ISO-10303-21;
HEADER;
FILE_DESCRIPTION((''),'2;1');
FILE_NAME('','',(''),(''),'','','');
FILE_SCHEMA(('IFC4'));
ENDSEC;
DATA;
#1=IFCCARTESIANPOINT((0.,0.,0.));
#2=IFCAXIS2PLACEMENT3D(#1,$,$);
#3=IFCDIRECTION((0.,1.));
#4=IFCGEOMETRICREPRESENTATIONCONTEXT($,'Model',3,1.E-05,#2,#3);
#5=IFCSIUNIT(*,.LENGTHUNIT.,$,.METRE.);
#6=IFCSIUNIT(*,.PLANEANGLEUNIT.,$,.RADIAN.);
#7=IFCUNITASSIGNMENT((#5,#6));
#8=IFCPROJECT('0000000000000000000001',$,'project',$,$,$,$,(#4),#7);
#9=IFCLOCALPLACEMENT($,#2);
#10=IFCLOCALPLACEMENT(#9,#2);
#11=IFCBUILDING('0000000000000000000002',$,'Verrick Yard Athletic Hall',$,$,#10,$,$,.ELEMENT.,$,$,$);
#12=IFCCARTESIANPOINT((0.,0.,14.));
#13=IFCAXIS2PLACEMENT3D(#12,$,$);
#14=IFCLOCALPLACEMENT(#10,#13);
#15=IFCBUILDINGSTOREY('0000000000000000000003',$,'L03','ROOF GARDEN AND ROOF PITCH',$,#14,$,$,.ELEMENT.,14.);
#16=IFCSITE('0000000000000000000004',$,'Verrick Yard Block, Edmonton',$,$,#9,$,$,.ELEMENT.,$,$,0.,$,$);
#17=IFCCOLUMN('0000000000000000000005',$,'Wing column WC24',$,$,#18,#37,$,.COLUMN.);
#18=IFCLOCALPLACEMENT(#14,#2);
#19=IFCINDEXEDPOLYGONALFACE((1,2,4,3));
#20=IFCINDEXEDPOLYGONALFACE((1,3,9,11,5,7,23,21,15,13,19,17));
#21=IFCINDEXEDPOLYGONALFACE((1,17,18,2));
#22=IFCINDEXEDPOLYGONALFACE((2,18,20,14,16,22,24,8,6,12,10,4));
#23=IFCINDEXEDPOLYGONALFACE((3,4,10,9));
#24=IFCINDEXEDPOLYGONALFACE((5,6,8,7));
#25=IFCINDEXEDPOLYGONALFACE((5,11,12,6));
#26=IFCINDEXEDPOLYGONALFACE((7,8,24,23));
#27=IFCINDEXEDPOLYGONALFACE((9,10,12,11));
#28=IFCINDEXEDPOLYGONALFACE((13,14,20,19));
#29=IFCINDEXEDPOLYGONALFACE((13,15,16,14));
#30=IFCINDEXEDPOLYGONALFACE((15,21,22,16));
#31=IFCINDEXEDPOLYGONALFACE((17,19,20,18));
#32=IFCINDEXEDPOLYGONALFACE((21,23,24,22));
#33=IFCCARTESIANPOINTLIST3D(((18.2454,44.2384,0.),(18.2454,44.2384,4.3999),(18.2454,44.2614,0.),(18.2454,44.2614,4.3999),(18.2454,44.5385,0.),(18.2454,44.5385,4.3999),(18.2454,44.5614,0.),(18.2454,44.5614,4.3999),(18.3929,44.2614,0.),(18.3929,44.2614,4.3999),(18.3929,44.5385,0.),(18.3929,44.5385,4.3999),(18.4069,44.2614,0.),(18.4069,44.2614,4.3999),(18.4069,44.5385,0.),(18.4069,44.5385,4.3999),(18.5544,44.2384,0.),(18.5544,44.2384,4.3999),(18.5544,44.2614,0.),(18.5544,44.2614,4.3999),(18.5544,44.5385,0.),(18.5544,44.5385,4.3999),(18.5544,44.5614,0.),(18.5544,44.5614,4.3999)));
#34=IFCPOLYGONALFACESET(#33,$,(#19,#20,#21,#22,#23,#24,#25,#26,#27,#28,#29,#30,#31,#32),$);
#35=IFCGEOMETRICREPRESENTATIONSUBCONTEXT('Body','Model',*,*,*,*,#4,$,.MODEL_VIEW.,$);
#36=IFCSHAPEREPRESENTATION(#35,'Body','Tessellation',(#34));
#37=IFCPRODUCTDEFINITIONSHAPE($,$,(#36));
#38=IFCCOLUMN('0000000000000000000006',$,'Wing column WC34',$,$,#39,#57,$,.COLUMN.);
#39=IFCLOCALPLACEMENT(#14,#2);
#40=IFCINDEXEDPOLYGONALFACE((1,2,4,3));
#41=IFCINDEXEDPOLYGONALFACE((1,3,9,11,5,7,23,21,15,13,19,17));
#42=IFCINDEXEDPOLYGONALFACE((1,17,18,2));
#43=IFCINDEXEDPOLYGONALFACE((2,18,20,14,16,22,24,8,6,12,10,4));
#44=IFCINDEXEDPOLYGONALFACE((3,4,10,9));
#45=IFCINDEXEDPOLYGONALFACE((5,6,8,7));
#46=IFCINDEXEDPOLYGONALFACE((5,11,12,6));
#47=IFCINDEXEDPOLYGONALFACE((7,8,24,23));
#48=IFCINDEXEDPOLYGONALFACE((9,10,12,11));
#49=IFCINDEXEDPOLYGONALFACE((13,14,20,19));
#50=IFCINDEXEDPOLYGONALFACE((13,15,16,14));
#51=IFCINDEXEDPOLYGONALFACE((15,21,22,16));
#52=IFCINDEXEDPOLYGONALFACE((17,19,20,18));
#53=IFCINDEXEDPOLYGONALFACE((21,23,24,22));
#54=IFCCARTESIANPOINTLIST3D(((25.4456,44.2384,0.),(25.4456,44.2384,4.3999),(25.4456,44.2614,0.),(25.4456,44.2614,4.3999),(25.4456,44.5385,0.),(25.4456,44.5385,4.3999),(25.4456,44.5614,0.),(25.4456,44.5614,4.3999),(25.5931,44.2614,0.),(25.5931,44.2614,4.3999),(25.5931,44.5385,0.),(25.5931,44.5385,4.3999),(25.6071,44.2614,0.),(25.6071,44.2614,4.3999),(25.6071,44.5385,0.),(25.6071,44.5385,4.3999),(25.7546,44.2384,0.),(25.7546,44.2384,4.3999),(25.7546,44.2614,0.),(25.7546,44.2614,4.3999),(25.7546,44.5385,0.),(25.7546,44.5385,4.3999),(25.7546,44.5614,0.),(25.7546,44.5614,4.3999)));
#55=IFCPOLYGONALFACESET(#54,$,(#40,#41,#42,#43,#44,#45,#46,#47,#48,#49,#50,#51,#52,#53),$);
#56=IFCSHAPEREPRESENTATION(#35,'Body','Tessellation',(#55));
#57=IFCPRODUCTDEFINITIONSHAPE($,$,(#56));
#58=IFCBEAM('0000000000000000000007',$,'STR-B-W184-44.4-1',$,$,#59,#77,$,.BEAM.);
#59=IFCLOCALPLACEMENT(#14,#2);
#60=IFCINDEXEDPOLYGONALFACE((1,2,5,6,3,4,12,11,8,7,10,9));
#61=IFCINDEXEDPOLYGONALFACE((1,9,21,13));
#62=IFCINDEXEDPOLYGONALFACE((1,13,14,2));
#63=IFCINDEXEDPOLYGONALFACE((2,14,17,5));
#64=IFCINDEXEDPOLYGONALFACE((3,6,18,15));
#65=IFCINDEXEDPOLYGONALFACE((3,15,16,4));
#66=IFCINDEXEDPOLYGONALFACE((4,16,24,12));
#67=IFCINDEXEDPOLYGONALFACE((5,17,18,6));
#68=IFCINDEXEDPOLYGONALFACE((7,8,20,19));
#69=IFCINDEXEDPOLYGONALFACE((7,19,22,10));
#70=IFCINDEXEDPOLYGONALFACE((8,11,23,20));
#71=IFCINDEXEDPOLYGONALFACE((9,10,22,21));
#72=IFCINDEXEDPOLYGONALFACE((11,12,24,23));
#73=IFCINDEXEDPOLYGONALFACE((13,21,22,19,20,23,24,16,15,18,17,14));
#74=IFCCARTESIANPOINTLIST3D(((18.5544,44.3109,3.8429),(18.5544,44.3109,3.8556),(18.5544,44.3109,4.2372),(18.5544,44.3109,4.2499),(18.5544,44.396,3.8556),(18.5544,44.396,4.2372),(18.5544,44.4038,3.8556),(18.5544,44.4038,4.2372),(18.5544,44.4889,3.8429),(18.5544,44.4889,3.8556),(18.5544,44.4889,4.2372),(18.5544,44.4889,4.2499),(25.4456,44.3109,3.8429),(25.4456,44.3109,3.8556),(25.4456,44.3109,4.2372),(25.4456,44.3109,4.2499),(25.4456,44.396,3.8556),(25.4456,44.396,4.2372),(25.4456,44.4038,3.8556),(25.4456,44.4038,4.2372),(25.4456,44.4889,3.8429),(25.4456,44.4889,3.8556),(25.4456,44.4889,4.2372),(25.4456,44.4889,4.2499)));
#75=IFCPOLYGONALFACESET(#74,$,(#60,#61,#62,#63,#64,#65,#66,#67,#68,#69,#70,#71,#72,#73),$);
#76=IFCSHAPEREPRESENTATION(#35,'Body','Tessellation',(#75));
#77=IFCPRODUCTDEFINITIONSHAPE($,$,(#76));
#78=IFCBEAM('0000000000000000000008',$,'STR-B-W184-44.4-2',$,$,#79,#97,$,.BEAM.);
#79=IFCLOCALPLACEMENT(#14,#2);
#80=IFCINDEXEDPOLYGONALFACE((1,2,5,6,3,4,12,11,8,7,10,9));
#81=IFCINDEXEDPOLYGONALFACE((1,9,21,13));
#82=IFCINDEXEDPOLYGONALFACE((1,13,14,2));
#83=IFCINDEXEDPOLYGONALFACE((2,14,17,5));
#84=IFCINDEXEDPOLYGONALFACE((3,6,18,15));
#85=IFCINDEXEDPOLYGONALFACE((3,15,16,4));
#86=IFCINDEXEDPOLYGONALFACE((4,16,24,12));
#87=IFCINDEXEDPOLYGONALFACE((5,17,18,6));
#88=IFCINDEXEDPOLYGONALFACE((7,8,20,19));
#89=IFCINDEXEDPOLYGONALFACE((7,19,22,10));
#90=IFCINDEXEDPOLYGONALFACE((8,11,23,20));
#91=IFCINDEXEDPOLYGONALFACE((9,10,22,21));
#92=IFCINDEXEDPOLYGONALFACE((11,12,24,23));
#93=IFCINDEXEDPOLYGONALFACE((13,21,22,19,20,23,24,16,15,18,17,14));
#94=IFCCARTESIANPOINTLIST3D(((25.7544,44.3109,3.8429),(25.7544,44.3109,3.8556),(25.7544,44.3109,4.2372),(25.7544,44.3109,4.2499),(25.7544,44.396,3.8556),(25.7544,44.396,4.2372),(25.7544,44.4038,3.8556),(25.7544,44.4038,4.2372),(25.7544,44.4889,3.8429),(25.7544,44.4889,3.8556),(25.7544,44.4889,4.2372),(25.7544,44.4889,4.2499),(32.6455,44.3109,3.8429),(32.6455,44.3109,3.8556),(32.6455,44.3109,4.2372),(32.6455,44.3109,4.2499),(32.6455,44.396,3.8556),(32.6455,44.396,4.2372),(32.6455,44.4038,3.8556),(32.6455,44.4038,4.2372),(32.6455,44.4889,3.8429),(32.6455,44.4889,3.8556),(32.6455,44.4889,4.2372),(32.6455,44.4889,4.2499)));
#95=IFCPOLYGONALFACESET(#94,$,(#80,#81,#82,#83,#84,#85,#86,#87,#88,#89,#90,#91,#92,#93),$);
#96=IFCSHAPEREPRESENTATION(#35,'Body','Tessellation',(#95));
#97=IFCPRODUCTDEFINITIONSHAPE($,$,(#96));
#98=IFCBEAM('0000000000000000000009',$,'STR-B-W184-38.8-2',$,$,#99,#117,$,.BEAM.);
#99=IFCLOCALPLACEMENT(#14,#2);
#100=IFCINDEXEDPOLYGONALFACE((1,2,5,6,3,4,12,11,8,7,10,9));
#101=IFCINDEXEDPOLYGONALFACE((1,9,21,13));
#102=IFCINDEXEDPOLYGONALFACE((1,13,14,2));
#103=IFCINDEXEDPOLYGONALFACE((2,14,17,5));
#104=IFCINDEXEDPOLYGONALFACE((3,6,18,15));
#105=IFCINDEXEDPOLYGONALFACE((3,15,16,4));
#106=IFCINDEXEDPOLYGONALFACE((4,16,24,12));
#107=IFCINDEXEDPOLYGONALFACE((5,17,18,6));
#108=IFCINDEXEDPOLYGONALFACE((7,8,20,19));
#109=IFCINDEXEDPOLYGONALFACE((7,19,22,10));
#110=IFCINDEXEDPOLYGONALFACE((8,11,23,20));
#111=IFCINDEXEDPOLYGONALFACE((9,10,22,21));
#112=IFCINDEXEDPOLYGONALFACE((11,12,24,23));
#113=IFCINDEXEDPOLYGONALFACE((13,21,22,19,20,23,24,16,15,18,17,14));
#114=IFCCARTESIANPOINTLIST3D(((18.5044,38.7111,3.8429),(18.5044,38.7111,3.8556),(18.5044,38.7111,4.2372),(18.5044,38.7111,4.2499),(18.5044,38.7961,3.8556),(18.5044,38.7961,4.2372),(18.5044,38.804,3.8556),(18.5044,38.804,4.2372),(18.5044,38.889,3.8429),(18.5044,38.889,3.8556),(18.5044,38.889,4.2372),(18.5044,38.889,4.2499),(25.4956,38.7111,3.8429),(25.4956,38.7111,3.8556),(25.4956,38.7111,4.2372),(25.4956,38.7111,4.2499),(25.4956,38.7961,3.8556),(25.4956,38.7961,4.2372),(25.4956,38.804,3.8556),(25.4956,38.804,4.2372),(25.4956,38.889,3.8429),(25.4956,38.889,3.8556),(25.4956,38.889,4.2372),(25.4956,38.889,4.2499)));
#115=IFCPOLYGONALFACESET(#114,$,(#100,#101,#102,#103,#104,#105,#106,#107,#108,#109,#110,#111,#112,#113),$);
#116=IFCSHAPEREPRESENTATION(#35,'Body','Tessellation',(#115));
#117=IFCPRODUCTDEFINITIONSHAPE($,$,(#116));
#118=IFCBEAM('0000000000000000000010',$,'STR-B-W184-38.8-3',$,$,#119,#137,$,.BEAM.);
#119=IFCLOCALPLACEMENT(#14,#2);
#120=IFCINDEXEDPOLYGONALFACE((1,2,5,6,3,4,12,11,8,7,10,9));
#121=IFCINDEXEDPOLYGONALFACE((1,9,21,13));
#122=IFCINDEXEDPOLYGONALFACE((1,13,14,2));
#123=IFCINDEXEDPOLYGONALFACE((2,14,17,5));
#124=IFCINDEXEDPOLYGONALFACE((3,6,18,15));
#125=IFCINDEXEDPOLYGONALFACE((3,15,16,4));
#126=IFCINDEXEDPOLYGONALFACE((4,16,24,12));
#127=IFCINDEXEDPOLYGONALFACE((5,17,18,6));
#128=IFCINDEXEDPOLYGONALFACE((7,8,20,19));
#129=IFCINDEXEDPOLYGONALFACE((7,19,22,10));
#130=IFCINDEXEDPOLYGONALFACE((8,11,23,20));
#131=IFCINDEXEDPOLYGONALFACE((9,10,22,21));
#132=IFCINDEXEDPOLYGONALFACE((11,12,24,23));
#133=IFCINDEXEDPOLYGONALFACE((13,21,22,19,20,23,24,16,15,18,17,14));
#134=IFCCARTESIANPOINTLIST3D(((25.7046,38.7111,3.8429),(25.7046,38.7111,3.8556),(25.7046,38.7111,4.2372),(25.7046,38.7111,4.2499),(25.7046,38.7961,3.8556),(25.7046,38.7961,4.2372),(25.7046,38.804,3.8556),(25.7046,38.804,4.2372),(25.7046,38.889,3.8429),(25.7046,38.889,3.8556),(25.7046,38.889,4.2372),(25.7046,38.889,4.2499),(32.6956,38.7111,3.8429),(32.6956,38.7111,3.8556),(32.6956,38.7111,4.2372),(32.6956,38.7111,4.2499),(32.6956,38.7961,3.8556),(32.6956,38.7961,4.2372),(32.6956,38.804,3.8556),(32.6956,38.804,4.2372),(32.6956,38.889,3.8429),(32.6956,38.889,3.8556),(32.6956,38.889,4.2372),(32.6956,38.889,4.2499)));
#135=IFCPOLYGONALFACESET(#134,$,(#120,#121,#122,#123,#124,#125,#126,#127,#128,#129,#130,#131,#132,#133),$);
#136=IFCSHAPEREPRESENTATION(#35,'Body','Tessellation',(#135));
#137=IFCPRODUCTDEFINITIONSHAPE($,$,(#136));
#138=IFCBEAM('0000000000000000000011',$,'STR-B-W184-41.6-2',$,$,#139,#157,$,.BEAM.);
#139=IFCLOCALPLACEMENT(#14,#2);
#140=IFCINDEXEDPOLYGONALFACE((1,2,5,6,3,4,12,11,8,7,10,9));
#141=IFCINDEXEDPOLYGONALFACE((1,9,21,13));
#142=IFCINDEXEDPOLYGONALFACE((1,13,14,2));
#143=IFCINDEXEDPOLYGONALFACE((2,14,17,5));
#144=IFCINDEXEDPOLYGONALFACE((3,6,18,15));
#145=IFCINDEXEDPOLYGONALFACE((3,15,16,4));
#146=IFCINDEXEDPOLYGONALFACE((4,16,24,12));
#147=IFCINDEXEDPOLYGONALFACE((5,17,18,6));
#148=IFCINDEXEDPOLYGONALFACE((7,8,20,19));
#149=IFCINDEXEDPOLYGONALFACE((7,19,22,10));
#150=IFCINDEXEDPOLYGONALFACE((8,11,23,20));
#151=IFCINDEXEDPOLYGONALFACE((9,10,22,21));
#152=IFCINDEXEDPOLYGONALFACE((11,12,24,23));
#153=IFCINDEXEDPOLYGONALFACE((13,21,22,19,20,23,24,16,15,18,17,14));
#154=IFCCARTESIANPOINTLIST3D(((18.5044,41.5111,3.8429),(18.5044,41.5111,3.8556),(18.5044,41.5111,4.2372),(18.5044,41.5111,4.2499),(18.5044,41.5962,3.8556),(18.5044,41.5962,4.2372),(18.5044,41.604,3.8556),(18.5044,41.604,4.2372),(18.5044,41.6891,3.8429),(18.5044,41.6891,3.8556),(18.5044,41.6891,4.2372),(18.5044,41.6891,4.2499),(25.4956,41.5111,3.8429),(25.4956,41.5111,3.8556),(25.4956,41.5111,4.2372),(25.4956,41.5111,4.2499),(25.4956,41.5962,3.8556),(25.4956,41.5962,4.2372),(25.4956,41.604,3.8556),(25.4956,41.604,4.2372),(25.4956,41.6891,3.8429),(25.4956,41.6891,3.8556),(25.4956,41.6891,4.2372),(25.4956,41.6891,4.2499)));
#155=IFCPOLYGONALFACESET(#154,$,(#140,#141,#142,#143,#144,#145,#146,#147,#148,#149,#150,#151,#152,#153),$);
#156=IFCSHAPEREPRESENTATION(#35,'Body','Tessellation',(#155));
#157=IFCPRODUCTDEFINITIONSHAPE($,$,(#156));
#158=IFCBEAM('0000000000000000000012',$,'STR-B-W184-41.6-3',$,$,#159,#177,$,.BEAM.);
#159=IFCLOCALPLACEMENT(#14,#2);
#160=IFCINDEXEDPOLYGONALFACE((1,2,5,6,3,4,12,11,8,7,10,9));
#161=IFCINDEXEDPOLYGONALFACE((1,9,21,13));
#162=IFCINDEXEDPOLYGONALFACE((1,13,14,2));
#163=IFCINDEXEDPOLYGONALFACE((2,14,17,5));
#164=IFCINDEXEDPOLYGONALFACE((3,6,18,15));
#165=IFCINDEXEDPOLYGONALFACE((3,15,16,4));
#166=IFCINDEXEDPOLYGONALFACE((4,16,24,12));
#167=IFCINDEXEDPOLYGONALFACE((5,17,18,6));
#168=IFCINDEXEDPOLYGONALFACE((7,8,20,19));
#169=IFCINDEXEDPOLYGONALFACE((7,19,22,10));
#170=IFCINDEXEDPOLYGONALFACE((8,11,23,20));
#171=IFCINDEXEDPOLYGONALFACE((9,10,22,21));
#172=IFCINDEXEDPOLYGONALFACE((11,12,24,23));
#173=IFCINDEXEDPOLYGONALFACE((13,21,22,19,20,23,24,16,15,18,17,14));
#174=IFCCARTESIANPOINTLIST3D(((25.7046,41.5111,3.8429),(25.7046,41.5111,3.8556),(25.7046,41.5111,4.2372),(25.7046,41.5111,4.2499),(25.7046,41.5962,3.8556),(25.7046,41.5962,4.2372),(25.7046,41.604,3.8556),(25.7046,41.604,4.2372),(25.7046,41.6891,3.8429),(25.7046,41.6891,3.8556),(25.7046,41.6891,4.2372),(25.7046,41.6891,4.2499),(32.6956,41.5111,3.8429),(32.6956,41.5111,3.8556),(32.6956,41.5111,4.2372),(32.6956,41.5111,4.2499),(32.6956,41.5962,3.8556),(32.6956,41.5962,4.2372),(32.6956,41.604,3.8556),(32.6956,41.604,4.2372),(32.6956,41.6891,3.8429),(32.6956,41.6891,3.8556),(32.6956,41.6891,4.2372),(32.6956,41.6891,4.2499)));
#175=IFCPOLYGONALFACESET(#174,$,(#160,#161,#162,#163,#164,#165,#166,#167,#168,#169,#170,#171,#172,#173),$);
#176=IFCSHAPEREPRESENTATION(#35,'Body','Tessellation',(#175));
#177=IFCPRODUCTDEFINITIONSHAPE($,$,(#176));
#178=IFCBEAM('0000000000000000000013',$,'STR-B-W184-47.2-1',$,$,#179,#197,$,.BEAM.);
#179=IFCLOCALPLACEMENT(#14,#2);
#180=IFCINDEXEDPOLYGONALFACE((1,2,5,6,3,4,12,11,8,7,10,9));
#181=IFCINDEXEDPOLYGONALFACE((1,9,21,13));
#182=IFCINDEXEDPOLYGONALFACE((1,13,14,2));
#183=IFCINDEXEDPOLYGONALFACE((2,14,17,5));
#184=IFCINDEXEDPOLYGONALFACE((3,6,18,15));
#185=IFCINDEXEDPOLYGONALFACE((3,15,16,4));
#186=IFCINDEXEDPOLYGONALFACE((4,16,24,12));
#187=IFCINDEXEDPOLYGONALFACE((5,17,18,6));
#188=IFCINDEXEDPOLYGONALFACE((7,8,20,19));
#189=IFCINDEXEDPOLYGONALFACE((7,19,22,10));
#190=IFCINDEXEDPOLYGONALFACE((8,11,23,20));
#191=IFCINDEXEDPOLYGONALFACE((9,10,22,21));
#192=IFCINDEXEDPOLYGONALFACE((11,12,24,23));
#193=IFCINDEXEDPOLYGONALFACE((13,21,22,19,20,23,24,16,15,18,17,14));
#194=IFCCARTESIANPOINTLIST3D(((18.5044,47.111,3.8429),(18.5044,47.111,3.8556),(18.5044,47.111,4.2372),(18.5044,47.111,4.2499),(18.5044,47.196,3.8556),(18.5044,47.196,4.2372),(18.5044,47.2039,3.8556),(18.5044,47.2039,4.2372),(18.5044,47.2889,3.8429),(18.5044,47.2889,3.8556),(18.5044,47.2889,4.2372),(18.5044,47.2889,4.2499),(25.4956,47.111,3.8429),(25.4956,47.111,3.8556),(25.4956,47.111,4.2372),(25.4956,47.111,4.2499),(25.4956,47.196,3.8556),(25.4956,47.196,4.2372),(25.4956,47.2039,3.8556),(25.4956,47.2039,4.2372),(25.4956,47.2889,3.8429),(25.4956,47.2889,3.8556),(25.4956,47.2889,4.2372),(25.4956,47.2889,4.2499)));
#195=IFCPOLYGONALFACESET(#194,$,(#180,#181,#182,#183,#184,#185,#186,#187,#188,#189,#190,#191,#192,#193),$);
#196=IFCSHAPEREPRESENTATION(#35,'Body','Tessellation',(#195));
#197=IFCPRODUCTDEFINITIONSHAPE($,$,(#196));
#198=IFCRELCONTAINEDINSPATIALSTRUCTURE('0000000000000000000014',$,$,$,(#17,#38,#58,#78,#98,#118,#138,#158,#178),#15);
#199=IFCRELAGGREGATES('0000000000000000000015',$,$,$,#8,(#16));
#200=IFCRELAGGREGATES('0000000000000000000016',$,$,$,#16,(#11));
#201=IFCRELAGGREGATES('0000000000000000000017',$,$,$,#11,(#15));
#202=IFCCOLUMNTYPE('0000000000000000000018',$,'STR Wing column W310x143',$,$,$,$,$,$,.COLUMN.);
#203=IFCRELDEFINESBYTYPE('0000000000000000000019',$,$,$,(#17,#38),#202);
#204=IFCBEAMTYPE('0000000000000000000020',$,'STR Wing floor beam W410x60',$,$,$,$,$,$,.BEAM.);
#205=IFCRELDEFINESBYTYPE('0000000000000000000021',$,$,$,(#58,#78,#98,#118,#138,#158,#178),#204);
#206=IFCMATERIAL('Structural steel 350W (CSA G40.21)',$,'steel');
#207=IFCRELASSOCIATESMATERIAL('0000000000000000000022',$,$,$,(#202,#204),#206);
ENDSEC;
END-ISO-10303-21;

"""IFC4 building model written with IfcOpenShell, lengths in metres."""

from ifc_helpers import new_model, si_unit, direction, frame, origin, origin_2d, place, context, subcontext, project, spatial, i_section, extrude, material, material_profile, profile_set, type_object, element, save


model = new_model("IFC4")

# Units and contexts
model_context = context("Model", 3, precision=1e-05, world=origin(), true_north=direction((0.0, 1.0)))
body_context = subcontext(model_context, "Body", "Model", "MODEL_VIEW")
ifc_project = project(units=[si_unit("LENGTHUNIT", "METRE"), si_unit("PLANEANGLEUNIT", "RADIAN")], contexts=[model_context])

# Site, building, storey
site_placement = place(None, origin())
site = spatial("IfcSite", under=ifc_project, at=site_placement, Name="Verrick Yard Block, Edmonton", CompositionType="ELEMENT", RefElevation=0.0)
building_placement = place(site_placement, origin())
building = spatial("IfcBuilding", under=site, at=building_placement, Name="Verrick Yard Athletic Hall", CompositionType="ELEMENT")
storey_placement = place(building_placement, frame((0.0, 0.0, 14.0)))
storey = spatial("IfcBuildingStorey", under=building, at=storey_placement, Name="L03", Description="ROOF GARDEN AND ROOF PITCH", CompositionType="ELEMENT", Elevation=14.0)

# Columns
ifc_material_1 = material(Name="Structural steel 350W (CSA G40.21)", Category="steel")
ifc_material_profile_1 = material_profile(ifc_material_1, i_section(OverallWidth=0.3091, OverallDepth=0.323, WebThickness=0.0139, FlangeThickness=0.0229, at=origin_2d()), Name="W310x143")
ifc_profile_set_1 = profile_set([ifc_material_profile_1], Name="Structural steel 350W (CSA G40.21)")
column_type = type_object("IfcColumnType", Name="STR Wing column W310x143", PredefinedType="COLUMN", material=ifc_profile_set_1)
for number, where, z_axis, x_axis, name in (
    (1, (18.3999, 44.3999, 0.0), (0.0, 0.0, 1.0), (1.0, 0.0, 0.0), "Wing column WC24"),
    (2, (25.6001, 44.3999, 0.0), (0.0, 0.0, 1.0), (1.0, 0.0, 0.0), "Wing column WC34"),
):
    element("IfcColumn", number, at=place(storey_placement, frame(where, z_axis=z_axis, x_axis=x_axis)), inside=storey, type_object=column_type, Name=name, PredefinedType="COLUMN", context=body_context, shape_type="SweptSolid", body=[
        extrude(i_section(OverallWidth=0.3091, OverallDepth=0.323, WebThickness=0.0139, FlangeThickness=0.0229, at=origin_2d()), origin(), (0.0, 0.0, 1.0), 4.3999),
    ])

# Beams
ifc_material_profile_2 = material_profile(ifc_material_1, i_section(OverallWidth=0.178, OverallDepth=0.407, WebThickness=0.0078, FlangeThickness=0.0127, at=origin_2d()), Name="W410x60")
ifc_profile_set_2 = profile_set([ifc_material_profile_2], Name="Structural steel 350W (CSA G40.21)")
beam_type_1 = type_object("IfcBeamType", Name="STR Wing floor beam W410x60", PredefinedType="BEAM", material=ifc_profile_set_2)
for number, where, z_axis, x_axis, name in (
    (3, (18.5544, 44.3999, 4.0464), (1.0, 0.0, 0.0), (0.0, 1.0, 0.0), "STR-B-W184-44.4-1"),
    (4, (25.7544, 44.3999, 4.0464), (1.0, 0.0, 0.0), (0.0, 1.0, 0.0), "STR-B-W184-44.4-2"),
):
    element("IfcBeam", number, at=place(storey_placement, frame(where, z_axis=z_axis, x_axis=x_axis)), inside=storey, type_object=beam_type_1, Name=name, PredefinedType="BEAM", context=body_context, shape_type="SweptSolid", body=[
        extrude(i_section(OverallWidth=0.178, OverallDepth=0.407, WebThickness=0.0078, FlangeThickness=0.0127, at=origin_2d()), origin(), (0.0, 0.0, 1.0), 6.8911),
    ])
beam_1_placement = place(storey_placement, frame((18.5044, 38.8, 4.0464), z_axis=(1.0, 0.0, 0.0), x_axis=(0.0, 1.0, 0.0)))
element("IfcBeam", 5, at=beam_1_placement, inside=storey, type_object=beam_type_1, Name="STR-B-W184-38.8-2", PredefinedType="BEAM", context=body_context, shape_type="SweptSolid", body=[
    extrude(i_section(OverallWidth=0.178, OverallDepth=0.407, WebThickness=0.0078, FlangeThickness=0.0127, at=origin_2d()), origin(), (0.0, 0.0, 1.0), 6.9912),
])
beam_2_placement = place(storey_placement, frame((25.7046, 38.8, 4.0464), z_axis=(1.0, 0.0, 0.0), x_axis=(0.0, 1.0, 0.0)))
element("IfcBeam", 6, at=beam_2_placement, inside=storey, type_object=beam_type_1, Name="STR-B-W184-38.8-3", PredefinedType="BEAM", context=body_context, shape_type="SweptSolid", body=[
    extrude(i_section(OverallWidth=0.178, OverallDepth=0.407, WebThickness=0.0078, FlangeThickness=0.0127, at=origin_2d()), origin(), (0.0, 0.0, 1.0), 6.991),
])
beam_3_placement = place(storey_placement, frame((18.5044, 41.6001, 4.0464), z_axis=(1.0, 0.0, 0.0), x_axis=(0.0, 1.0, 0.0)))
element("IfcBeam", 7, at=beam_3_placement, inside=storey, type_object=beam_type_1, Name="STR-B-W184-41.6-2", PredefinedType="BEAM", context=body_context, shape_type="SweptSolid", body=[
    extrude(i_section(OverallWidth=0.178, OverallDepth=0.407, WebThickness=0.0078, FlangeThickness=0.0127, at=origin_2d()), origin(), (0.0, 0.0, 1.0), 6.9912),
])
beam_4_placement = place(storey_placement, frame((25.7046, 41.6001, 4.0464), z_axis=(1.0, 0.0, 0.0), x_axis=(0.0, 1.0, 0.0)))
element("IfcBeam", 8, at=beam_4_placement, inside=storey, type_object=beam_type_1, Name="STR-B-W184-41.6-3", PredefinedType="BEAM", context=body_context, shape_type="SweptSolid", body=[
    extrude(i_section(OverallWidth=0.178, OverallDepth=0.407, WebThickness=0.0078, FlangeThickness=0.0127, at=origin_2d()), origin(), (0.0, 0.0, 1.0), 6.991),
])
beam_5_placement = place(storey_placement, frame((18.5044, 47.2, 4.0464), z_axis=(1.0, 0.0, 0.0), x_axis=(0.0, 1.0, 0.0)))
element("IfcBeam", 9, at=beam_5_placement, inside=storey, type_object=beam_type_1, Name="STR-B-W184-47.2-1", PredefinedType="BEAM", context=body_context, shape_type="SweptSolid", body=[
    extrude(i_section(OverallWidth=0.178, OverallDepth=0.407, WebThickness=0.0078, FlangeThickness=0.0127, at=origin_2d()), origin(), (0.0, 0.0, 1.0), 6.9912),
])

save(model, "model.ifc")
